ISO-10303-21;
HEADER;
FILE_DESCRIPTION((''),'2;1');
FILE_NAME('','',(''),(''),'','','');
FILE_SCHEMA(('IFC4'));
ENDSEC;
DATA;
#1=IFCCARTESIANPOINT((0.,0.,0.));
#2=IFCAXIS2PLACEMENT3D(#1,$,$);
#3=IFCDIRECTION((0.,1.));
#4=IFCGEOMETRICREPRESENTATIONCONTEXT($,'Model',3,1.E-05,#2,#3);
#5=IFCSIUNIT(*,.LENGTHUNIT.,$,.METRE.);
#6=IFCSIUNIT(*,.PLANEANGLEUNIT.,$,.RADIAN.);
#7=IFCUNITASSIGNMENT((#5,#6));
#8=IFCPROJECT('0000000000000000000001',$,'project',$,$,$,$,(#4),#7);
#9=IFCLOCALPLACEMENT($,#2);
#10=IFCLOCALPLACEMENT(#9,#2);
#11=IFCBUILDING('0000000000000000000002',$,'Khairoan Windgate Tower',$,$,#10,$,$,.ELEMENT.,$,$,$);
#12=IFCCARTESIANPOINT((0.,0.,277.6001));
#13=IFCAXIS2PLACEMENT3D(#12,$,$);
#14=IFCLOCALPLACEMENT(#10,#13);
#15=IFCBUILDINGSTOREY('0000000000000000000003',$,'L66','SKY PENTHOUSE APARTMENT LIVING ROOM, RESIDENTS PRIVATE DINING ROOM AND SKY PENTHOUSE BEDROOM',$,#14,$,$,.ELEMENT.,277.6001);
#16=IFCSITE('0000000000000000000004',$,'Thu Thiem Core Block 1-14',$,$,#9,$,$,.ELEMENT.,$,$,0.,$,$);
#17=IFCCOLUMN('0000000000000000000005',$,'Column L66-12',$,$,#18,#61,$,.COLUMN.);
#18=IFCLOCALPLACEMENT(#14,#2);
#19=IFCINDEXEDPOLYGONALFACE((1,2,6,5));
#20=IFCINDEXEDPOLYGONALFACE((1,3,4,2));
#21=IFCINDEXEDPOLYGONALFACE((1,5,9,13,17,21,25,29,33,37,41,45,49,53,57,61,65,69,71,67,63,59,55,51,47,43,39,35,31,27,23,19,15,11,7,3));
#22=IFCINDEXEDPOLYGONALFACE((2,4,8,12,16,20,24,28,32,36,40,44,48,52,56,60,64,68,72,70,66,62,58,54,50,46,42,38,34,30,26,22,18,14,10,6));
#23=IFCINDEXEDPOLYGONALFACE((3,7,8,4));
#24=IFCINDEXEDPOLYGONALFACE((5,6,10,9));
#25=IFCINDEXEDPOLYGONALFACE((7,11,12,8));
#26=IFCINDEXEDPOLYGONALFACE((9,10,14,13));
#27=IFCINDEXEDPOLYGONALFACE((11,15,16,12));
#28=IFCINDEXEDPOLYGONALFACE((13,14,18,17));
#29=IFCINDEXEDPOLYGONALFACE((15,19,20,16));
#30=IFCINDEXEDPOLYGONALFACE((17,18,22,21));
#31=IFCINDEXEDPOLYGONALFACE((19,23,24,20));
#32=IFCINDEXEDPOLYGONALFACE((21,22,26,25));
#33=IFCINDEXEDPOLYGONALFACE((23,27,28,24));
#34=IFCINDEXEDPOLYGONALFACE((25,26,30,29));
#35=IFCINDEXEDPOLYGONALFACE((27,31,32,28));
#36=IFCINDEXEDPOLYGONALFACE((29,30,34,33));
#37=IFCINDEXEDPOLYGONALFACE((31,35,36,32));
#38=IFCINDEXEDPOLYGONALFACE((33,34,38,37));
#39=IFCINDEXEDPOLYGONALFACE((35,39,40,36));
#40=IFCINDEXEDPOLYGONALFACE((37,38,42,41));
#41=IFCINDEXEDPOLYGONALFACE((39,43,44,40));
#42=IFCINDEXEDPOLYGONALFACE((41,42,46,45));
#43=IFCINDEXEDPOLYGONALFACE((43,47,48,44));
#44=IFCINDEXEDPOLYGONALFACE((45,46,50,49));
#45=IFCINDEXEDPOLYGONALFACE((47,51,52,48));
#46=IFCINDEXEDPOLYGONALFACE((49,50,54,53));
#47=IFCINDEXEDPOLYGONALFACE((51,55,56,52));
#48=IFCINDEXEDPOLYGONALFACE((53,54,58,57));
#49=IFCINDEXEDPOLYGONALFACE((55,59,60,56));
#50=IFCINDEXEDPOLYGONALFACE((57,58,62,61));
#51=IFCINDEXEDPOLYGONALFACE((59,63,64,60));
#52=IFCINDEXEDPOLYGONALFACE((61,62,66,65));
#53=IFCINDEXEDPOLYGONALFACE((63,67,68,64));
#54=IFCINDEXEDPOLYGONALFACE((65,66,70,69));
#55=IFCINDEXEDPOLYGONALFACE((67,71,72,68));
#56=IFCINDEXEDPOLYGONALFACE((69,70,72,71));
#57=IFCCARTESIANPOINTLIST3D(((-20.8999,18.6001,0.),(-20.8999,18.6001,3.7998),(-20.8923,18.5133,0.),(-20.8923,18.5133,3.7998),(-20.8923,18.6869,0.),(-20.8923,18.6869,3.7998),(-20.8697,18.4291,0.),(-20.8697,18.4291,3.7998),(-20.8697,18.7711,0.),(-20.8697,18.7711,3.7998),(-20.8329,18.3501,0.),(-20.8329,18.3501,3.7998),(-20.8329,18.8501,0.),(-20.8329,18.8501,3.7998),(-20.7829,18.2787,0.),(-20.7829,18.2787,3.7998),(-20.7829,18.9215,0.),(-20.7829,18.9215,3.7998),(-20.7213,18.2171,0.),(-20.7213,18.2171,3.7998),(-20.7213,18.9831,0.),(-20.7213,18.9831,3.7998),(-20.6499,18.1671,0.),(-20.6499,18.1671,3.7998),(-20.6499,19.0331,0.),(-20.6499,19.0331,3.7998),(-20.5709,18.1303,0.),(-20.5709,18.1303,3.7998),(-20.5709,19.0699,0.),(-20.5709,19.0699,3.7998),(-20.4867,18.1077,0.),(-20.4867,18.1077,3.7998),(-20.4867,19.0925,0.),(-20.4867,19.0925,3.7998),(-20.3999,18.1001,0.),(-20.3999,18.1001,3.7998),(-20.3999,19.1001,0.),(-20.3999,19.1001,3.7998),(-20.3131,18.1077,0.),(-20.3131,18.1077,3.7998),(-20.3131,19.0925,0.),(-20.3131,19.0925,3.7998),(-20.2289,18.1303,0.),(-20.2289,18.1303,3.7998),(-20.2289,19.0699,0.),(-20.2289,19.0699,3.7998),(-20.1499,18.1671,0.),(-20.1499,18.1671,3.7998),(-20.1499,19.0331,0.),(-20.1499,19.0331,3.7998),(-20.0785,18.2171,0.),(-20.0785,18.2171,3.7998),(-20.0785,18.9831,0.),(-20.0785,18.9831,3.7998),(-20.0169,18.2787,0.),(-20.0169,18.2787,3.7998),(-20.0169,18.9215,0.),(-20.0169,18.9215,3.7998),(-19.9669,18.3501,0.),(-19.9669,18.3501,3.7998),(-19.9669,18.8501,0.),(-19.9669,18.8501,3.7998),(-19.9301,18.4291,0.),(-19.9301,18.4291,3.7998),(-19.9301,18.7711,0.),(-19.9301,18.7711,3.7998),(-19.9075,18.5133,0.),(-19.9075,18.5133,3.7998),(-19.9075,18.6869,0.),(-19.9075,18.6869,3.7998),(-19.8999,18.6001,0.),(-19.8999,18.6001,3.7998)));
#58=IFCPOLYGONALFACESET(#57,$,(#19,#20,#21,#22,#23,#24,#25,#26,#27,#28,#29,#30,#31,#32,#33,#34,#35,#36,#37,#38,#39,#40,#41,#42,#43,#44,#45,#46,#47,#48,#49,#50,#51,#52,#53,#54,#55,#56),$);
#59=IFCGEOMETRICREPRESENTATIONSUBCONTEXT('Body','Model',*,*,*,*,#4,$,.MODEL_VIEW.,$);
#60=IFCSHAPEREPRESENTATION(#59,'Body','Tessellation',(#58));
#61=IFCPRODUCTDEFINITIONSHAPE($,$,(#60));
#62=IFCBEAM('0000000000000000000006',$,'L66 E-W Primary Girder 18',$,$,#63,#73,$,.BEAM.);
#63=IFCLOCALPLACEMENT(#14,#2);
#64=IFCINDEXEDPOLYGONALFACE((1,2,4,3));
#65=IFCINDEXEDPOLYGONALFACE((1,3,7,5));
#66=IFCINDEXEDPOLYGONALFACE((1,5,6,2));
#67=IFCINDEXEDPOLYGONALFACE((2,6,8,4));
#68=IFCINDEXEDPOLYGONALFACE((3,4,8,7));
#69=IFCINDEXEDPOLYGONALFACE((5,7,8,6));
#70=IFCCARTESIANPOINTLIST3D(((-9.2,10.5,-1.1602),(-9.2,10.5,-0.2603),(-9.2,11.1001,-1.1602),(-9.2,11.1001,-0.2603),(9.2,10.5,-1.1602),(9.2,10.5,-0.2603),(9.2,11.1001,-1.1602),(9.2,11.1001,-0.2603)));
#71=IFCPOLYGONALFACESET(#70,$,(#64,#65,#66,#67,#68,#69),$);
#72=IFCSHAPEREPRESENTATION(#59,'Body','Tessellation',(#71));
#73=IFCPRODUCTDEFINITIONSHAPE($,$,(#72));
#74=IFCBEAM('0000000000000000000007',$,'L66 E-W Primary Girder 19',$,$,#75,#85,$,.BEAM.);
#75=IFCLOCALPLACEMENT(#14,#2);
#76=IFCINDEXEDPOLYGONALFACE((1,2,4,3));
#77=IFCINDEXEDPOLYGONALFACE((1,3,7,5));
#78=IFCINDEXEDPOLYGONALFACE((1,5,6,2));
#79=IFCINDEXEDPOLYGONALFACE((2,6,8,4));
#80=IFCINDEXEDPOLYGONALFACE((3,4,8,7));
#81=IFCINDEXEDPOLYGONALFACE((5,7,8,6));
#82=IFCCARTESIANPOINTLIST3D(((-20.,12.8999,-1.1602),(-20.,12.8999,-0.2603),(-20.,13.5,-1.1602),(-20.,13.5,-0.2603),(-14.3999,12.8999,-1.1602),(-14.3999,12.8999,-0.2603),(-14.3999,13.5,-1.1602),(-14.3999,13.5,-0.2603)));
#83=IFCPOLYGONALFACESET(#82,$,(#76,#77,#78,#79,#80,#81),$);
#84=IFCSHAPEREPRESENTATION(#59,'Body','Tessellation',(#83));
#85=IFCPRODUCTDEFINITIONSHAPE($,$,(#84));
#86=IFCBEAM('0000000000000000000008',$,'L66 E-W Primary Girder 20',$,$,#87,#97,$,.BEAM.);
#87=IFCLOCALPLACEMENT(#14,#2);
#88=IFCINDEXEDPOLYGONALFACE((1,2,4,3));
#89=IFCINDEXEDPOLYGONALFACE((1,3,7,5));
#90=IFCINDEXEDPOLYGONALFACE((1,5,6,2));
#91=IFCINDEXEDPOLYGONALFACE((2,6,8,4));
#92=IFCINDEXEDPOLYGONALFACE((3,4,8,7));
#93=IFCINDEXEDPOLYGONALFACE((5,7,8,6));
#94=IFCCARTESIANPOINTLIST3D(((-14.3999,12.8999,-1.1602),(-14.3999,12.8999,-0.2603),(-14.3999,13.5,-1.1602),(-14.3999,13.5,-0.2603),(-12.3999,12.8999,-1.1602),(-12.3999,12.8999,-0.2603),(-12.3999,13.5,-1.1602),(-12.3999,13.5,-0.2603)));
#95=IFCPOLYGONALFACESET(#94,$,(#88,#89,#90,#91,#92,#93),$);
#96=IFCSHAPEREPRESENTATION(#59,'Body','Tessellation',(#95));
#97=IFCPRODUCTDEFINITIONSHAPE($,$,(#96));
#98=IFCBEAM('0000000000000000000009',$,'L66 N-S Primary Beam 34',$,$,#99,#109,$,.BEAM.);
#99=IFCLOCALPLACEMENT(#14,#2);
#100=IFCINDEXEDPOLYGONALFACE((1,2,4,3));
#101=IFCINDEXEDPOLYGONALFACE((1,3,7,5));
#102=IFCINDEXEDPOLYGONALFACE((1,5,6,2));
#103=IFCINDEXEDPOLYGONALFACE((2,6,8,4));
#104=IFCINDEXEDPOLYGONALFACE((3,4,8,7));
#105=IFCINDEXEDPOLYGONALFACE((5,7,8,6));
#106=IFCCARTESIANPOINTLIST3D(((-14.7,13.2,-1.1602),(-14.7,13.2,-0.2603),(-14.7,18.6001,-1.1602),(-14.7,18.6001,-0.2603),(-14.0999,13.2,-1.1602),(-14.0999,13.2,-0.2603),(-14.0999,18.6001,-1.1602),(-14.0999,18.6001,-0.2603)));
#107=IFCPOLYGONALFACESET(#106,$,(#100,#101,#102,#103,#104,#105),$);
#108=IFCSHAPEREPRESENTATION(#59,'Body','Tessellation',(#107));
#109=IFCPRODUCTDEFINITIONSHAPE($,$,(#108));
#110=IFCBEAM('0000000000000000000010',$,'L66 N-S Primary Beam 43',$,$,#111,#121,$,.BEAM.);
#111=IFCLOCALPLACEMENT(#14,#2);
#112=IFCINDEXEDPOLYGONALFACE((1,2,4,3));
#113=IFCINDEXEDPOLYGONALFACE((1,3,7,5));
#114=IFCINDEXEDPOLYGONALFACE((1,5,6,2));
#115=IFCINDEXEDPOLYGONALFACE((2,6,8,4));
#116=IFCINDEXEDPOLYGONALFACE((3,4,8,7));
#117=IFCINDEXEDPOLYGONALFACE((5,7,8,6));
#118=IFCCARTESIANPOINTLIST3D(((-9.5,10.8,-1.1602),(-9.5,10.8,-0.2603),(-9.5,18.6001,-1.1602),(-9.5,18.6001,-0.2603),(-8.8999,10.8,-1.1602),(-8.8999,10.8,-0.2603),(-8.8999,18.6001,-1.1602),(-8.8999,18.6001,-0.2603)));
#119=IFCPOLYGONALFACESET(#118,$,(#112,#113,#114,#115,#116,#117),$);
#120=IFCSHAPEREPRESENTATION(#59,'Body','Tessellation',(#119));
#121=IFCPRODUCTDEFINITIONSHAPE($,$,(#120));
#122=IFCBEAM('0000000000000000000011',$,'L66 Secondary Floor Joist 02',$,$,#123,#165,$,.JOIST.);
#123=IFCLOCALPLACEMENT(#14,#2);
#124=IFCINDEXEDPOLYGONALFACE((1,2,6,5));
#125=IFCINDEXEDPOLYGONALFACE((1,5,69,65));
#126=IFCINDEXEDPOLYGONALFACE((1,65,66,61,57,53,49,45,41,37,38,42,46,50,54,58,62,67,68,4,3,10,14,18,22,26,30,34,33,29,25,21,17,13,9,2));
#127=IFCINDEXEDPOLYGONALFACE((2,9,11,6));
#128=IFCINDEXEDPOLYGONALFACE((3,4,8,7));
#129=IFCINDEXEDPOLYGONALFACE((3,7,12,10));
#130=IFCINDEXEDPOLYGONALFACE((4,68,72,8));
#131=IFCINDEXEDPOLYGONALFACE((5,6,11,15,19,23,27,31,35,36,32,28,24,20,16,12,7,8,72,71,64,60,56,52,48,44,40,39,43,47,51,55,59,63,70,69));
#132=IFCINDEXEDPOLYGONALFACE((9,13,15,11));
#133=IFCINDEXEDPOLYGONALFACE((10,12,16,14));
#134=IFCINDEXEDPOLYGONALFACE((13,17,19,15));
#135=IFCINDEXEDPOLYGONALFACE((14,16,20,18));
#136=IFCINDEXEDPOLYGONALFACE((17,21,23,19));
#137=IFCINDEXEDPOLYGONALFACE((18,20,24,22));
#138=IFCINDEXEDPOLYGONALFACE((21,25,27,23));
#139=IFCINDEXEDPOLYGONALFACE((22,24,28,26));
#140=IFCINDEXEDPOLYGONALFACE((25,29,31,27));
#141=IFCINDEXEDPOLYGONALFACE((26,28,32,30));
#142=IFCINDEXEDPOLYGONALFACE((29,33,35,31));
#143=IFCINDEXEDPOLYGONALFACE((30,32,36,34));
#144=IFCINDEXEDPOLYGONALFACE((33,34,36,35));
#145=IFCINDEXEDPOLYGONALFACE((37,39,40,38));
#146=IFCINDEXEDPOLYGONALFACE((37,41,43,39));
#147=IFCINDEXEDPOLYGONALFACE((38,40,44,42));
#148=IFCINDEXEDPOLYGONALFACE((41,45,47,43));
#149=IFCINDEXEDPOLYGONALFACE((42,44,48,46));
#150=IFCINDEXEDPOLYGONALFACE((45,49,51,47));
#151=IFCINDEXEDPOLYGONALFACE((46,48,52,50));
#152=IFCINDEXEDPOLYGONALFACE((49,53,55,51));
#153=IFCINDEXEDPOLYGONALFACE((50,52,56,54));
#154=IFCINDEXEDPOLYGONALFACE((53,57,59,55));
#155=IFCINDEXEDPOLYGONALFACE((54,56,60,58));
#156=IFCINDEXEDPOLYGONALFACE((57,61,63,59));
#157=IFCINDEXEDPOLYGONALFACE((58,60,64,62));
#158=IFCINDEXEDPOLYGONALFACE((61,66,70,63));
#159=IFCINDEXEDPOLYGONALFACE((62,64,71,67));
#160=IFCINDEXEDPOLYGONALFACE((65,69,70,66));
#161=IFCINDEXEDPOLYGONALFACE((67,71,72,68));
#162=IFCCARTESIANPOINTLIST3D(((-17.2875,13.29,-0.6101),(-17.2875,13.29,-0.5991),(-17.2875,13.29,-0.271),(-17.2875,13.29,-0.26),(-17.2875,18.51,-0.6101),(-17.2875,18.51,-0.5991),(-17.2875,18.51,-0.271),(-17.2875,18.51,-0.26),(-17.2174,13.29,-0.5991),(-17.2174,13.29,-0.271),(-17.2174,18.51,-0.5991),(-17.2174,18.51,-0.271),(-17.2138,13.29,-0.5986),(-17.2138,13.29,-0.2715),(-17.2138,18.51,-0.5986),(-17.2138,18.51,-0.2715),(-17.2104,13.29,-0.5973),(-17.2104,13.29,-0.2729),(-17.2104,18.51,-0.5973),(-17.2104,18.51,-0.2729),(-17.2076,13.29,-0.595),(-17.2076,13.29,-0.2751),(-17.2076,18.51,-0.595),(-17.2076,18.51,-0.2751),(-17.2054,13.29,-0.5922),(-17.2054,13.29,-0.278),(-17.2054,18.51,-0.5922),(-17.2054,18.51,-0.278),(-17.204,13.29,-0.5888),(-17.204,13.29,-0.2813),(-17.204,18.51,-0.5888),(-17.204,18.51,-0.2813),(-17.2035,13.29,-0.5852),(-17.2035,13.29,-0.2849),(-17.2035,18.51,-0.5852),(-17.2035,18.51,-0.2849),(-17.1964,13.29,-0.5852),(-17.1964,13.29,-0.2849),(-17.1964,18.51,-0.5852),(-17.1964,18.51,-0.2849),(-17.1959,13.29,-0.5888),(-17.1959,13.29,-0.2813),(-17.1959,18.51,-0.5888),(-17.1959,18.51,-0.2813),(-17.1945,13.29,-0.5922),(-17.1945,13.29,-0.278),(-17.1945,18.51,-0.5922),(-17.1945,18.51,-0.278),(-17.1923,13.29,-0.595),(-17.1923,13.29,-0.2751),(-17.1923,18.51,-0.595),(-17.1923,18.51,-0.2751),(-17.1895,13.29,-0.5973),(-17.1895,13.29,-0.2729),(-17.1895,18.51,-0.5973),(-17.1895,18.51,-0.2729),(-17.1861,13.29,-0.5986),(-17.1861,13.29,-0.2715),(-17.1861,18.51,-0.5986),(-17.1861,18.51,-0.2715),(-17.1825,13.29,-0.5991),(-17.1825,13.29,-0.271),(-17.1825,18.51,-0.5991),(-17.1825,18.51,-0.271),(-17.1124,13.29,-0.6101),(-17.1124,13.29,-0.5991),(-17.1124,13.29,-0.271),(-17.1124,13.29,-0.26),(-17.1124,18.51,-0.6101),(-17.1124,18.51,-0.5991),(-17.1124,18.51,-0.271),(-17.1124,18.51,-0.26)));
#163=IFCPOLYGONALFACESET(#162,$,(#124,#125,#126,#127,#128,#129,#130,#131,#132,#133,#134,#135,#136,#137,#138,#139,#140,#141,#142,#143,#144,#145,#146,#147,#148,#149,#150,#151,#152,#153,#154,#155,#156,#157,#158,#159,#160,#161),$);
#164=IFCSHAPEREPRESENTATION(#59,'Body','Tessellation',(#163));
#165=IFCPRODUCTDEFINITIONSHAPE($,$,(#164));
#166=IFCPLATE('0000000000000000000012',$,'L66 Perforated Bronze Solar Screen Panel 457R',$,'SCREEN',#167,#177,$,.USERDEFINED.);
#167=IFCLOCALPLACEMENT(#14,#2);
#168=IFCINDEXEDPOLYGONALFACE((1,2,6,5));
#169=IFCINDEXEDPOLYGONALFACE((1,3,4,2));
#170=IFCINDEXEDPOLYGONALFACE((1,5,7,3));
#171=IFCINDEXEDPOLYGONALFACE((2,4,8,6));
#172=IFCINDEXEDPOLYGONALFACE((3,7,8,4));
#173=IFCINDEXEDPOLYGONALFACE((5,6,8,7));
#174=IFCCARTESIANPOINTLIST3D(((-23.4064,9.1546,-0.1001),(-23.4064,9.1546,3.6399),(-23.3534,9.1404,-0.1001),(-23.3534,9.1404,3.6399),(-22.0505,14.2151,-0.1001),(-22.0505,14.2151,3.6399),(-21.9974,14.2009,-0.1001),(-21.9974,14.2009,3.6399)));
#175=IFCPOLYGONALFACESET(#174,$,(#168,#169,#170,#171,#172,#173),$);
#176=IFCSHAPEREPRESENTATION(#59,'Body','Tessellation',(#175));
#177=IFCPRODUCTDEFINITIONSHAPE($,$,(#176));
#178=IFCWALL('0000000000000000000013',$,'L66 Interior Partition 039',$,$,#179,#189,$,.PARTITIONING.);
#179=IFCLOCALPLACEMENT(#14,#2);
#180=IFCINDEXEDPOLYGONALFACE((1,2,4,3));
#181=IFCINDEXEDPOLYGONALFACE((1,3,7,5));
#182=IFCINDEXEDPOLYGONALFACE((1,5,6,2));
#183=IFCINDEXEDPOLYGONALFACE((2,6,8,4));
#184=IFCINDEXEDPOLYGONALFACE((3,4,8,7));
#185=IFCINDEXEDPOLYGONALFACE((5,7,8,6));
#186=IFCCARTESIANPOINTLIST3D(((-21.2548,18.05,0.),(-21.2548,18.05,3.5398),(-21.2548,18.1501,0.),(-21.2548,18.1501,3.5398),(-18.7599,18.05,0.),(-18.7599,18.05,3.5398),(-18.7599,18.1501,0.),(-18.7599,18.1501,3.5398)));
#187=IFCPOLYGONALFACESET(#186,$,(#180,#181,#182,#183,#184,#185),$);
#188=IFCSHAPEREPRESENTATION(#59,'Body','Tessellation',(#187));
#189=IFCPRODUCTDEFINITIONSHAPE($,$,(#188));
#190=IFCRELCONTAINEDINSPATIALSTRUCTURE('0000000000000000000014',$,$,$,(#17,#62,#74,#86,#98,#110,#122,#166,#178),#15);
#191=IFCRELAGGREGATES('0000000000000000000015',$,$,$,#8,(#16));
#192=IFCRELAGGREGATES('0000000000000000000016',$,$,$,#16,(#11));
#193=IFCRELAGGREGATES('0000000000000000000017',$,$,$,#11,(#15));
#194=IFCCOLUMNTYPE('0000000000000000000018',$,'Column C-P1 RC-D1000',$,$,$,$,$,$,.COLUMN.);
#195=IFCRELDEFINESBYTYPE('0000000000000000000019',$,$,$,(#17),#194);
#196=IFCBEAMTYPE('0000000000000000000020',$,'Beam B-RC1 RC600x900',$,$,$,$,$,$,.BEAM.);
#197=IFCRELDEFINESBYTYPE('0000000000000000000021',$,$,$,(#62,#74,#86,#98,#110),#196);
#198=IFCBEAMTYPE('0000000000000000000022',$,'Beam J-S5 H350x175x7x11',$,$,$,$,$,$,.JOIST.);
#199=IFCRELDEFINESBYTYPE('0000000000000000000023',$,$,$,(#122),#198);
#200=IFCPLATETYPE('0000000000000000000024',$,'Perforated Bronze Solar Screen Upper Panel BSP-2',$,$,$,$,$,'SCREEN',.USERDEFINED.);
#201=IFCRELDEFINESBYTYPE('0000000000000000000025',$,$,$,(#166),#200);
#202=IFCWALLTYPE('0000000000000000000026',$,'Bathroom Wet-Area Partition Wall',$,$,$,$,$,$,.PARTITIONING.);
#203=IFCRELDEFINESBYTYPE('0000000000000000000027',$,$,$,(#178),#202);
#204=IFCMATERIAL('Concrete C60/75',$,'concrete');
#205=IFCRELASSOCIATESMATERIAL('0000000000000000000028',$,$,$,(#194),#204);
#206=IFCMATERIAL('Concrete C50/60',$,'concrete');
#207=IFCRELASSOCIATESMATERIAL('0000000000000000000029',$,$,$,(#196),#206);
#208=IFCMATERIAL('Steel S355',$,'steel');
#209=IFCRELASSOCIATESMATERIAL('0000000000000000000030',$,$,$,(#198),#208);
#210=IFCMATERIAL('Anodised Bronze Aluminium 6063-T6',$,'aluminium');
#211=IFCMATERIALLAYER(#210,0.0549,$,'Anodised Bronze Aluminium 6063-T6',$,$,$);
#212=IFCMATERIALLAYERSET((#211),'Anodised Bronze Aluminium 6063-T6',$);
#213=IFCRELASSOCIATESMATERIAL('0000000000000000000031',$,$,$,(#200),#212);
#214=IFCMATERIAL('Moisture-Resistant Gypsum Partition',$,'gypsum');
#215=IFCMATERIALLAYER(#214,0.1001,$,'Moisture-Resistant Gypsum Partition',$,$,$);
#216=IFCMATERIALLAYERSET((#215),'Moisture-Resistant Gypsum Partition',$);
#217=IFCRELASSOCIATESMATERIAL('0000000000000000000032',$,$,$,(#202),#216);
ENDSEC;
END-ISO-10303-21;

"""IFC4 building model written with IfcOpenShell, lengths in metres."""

from ifc_helpers import new_model, si_unit, direction, frame, frame_2d, origin, origin_2d, place, context, subcontext, project, spatial, rectangle, circle, i_section, extrude, material, layer, layer_set, material_profile, profile_set, type_object, element, save


model = new_model("IFC4")

# Units and contexts
model_context = context("Model", 3, precision=1e-05, world=origin(), true_north=direction((0.0, 1.0)))
body_context = subcontext(model_context, "Body", "Model", "MODEL_VIEW")
ifc_project = project(units=[si_unit("LENGTHUNIT", "METRE"), si_unit("PLANEANGLEUNIT", "RADIAN")], contexts=[model_context])

# Site, building, storey
site_placement = place(None, origin())
site = spatial("IfcSite", under=ifc_project, at=site_placement, Name="Thu Thiem Core Block 1-14", CompositionType="ELEMENT", RefElevation=0.0)
building_placement = place(site_placement, origin())
building = spatial("IfcBuilding", under=site, at=building_placement, Name="Khairoan Windgate Tower", CompositionType="ELEMENT")
storey_placement = place(building_placement, frame((0.0, 0.0, 277.6001)))
storey = spatial("IfcBuildingStorey", under=building, at=storey_placement, Name="L66", Description="SKY PENTHOUSE APARTMENT LIVING ROOM, RESIDENTS PRIVATE DINING ROOM AND SKY PENTHOUSE BEDROOM", CompositionType="ELEMENT", Elevation=277.6001)

# Column
ifc_material_1 = material(Name="Concrete C60/75", Category="concrete")
ifc_material_profile_1 = material_profile(ifc_material_1, circle(Radius=0.5, at=origin_2d()))
ifc_profile_set_1 = profile_set([ifc_material_profile_1], Name="Concrete C60/75")
column_type = type_object("IfcColumnType", Name="Column C-P1 RC-D1000", PredefinedType="COLUMN", material=ifc_profile_set_1)
column_placement = place(storey_placement, frame((-20.3999, 18.6001, 0.0), z_axis=(0.0, 0.0, 1.0), x_axis=(1.0, 0.0, 0.0)))
element("IfcColumn", 1, at=column_placement, inside=storey, type_object=column_type, Name="Column L66-12", PredefinedType="COLUMN", context=body_context, shape_type="SweptSolid", body=[
    extrude(circle(Radius=0.5, at=origin_2d()), origin(), (0.0, 0.0, 1.0), 3.7998),
])

# Beams
ifc_material_2 = material(Name="Concrete C50/60", Category="concrete")
ifc_material_profile_2 = material_profile(ifc_material_2, rectangle(XDim=0.6001, YDim=0.8999, at=origin_2d()))
ifc_profile_set_2 = profile_set([ifc_material_profile_2], Name="Concrete C50/60")
beam_type_1 = type_object("IfcBeamType", Name="Beam B-RC1 RC600x900", PredefinedType="BEAM", material=ifc_profile_set_2)
beam_1_placement = place(storey_placement, frame((-9.2, 10.8, -0.7102), z_axis=(1.0, 0.0, 0.0), x_axis=(0.0, 1.0, 0.0)))
element("IfcBeam", 2, at=beam_1_placement, inside=storey, type_object=beam_type_1, Name="L66 E-W Primary Girder 18", PredefinedType="BEAM", context=body_context, shape_type="SweptSolid", body=[
    extrude(rectangle(XDim=0.6001, YDim=0.8999, at=origin_2d()), origin(), (0.0, 0.0, 1.0), 18.3999),
])
beam_2_placement = place(storey_placement, frame((-20.0, 13.2, -0.7102), z_axis=(1.0, 0.0, 0.0), x_axis=(0.0, 1.0, 0.0)))
element("IfcBeam", 3, at=beam_2_placement, inside=storey, type_object=beam_type_1, Name="L66 E-W Primary Girder 19", PredefinedType="BEAM", context=body_context, shape_type="SweptSolid", body=[
    extrude(rectangle(XDim=0.6001, YDim=0.8999, at=origin_2d()), origin(), (0.0, 0.0, 1.0), 5.6001),
])
beam_3_placement = place(storey_placement, frame((-14.3999, 13.2, -0.7102), z_axis=(1.0, 0.0, 0.0), x_axis=(0.0, 1.0, 0.0)))
element("IfcBeam", 4, at=beam_3_placement, inside=storey, type_object=beam_type_1, Name="L66 E-W Primary Girder 20", PredefinedType="BEAM", context=body_context, shape_type="SweptSolid", body=[
    extrude(rectangle(XDim=0.6001, YDim=0.8999, at=origin_2d()), origin(), (0.0, 0.0, 1.0), 2.0),
])
beam_4_placement = place(storey_placement, frame((-14.3999, 13.2, -0.7102), z_axis=(0.0, 1.0, 0.0), x_axis=(-1.0, 0.0, 0.0)))
element("IfcBeam", 5, at=beam_4_placement, inside=storey, type_object=beam_type_1, Name="L66 N-S Primary Beam 34", PredefinedType="BEAM", context=body_context, shape_type="SweptSolid", body=[
    extrude(rectangle(XDim=0.6001, YDim=0.8999, at=origin_2d()), origin(), (0.0, 0.0, 1.0), 5.4001),
])
beam_5_placement = place(storey_placement, frame((-9.2, 10.8, -0.7102), z_axis=(0.0, 1.0, 0.0), x_axis=(-1.0, 0.0, 0.0)))
element("IfcBeam", 6, at=beam_5_placement, inside=storey, type_object=beam_type_1, Name="L66 N-S Primary Beam 43", PredefinedType="BEAM", context=body_context, shape_type="SweptSolid", body=[
    extrude(rectangle(XDim=0.6001, YDim=0.8999, at=origin_2d()), origin(), (0.0, 0.0, 1.0), 7.8),
])
ifc_material_3 = material(Name="Steel S355", Category="steel")
ifc_material_profile_3 = material_profile(ifc_material_3, i_section(OverallWidth=0.175, OverallDepth=0.3501, WebThickness=0.0071, FlangeThickness=0.011, FilletRadius=0.0139, at=origin_2d()))
ifc_profile_set_3 = profile_set([ifc_material_profile_3], Name="Steel S355")
beam_type_2 = type_object("IfcBeamType", Name="Beam J-S5 H350x175x7x11", PredefinedType="JOIST", material=ifc_profile_set_3)
beam_6_placement = place(storey_placement, frame((-17.2, 13.29, -0.4351), z_axis=(0.0, 1.0, 0.0), x_axis=(-1.0, 0.0, 0.0)))
element("IfcBeam", 7, at=beam_6_placement, inside=storey, type_object=beam_type_2, Name="L66 Secondary Floor Joist 02", PredefinedType="JOIST", context=body_context, shape_type="SweptSolid", body=[
    extrude(i_section(OverallWidth=0.175, OverallDepth=0.3501, WebThickness=0.0071, FlangeThickness=0.011, FilletRadius=0.0139, at=origin_2d()), origin(), (0.0, 0.0, 1.0), 5.22),
])

# Plate
ifc_material_4 = material(Name="Anodised Bronze Aluminium 6063-T6", Category="aluminium")
ifc_layer_1 = layer(ifc_material_4, 0.0549, Name="Anodised Bronze Aluminium 6063-T6")
ifc_layer_set_1 = layer_set([ifc_layer_1], Name="Anodised Bronze Aluminium 6063-T6")
plate_type = type_object("IfcPlateType", Name="Perforated Bronze Solar Screen Upper Panel BSP-2", ElementType="SCREEN", PredefinedType="USERDEFINED", material=ifc_layer_set_1)
plate_placement = place(storey_placement, frame((-22.7019, 11.6777, -0.1001), z_axis=(0.0, 0.0, 1.0), x_axis=(0.258819, 0.965926, 0.0)))
element("IfcPlate", 8, at=plate_placement, inside=storey, type_object=plate_type, Name="L66 Perforated Bronze Solar Screen Panel 457R", ObjectType="SCREEN", PredefinedType="USERDEFINED", context=body_context, shape_type="SweptSolid", body=[
    extrude(rectangle(XDim=5.239, YDim=0.0549, at=origin_2d()), origin(), (0.0, 0.0, 1.0), 3.74),
])

# Wall
ifc_material_5 = material(Name="Moisture-Resistant Gypsum Partition", Category="gypsum")
ifc_layer_2 = layer(ifc_material_5, 0.1001, Name="Moisture-Resistant Gypsum Partition")
ifc_layer_set_2 = layer_set([ifc_layer_2], Name="Moisture-Resistant Gypsum Partition")
wall_type_1 = type_object("IfcWallType", Name="Bathroom Wet-Area Partition Wall", PredefinedType="PARTITIONING", material=ifc_layer_set_2)
wall_1_placement = place(storey_placement, frame((-21.2549, 18.1001, 0.0), z_axis=(0.0, 0.0, 1.0), x_axis=(1.0, 0.0, 0.0)))
element("IfcWall", 9, at=wall_1_placement, inside=storey, type_object=wall_type_1, Name="L66 Interior Partition 039", PredefinedType="PARTITIONING", context=body_context, shape_type="SweptSolid", body=[
    extrude(rectangle(XDim=2.4949, YDim=0.1001, at=frame_2d((1.2476, 0.0))), origin(), (0.0, 0.0, 1.0), 3.5398),
])

save(model, "model.ifc")
